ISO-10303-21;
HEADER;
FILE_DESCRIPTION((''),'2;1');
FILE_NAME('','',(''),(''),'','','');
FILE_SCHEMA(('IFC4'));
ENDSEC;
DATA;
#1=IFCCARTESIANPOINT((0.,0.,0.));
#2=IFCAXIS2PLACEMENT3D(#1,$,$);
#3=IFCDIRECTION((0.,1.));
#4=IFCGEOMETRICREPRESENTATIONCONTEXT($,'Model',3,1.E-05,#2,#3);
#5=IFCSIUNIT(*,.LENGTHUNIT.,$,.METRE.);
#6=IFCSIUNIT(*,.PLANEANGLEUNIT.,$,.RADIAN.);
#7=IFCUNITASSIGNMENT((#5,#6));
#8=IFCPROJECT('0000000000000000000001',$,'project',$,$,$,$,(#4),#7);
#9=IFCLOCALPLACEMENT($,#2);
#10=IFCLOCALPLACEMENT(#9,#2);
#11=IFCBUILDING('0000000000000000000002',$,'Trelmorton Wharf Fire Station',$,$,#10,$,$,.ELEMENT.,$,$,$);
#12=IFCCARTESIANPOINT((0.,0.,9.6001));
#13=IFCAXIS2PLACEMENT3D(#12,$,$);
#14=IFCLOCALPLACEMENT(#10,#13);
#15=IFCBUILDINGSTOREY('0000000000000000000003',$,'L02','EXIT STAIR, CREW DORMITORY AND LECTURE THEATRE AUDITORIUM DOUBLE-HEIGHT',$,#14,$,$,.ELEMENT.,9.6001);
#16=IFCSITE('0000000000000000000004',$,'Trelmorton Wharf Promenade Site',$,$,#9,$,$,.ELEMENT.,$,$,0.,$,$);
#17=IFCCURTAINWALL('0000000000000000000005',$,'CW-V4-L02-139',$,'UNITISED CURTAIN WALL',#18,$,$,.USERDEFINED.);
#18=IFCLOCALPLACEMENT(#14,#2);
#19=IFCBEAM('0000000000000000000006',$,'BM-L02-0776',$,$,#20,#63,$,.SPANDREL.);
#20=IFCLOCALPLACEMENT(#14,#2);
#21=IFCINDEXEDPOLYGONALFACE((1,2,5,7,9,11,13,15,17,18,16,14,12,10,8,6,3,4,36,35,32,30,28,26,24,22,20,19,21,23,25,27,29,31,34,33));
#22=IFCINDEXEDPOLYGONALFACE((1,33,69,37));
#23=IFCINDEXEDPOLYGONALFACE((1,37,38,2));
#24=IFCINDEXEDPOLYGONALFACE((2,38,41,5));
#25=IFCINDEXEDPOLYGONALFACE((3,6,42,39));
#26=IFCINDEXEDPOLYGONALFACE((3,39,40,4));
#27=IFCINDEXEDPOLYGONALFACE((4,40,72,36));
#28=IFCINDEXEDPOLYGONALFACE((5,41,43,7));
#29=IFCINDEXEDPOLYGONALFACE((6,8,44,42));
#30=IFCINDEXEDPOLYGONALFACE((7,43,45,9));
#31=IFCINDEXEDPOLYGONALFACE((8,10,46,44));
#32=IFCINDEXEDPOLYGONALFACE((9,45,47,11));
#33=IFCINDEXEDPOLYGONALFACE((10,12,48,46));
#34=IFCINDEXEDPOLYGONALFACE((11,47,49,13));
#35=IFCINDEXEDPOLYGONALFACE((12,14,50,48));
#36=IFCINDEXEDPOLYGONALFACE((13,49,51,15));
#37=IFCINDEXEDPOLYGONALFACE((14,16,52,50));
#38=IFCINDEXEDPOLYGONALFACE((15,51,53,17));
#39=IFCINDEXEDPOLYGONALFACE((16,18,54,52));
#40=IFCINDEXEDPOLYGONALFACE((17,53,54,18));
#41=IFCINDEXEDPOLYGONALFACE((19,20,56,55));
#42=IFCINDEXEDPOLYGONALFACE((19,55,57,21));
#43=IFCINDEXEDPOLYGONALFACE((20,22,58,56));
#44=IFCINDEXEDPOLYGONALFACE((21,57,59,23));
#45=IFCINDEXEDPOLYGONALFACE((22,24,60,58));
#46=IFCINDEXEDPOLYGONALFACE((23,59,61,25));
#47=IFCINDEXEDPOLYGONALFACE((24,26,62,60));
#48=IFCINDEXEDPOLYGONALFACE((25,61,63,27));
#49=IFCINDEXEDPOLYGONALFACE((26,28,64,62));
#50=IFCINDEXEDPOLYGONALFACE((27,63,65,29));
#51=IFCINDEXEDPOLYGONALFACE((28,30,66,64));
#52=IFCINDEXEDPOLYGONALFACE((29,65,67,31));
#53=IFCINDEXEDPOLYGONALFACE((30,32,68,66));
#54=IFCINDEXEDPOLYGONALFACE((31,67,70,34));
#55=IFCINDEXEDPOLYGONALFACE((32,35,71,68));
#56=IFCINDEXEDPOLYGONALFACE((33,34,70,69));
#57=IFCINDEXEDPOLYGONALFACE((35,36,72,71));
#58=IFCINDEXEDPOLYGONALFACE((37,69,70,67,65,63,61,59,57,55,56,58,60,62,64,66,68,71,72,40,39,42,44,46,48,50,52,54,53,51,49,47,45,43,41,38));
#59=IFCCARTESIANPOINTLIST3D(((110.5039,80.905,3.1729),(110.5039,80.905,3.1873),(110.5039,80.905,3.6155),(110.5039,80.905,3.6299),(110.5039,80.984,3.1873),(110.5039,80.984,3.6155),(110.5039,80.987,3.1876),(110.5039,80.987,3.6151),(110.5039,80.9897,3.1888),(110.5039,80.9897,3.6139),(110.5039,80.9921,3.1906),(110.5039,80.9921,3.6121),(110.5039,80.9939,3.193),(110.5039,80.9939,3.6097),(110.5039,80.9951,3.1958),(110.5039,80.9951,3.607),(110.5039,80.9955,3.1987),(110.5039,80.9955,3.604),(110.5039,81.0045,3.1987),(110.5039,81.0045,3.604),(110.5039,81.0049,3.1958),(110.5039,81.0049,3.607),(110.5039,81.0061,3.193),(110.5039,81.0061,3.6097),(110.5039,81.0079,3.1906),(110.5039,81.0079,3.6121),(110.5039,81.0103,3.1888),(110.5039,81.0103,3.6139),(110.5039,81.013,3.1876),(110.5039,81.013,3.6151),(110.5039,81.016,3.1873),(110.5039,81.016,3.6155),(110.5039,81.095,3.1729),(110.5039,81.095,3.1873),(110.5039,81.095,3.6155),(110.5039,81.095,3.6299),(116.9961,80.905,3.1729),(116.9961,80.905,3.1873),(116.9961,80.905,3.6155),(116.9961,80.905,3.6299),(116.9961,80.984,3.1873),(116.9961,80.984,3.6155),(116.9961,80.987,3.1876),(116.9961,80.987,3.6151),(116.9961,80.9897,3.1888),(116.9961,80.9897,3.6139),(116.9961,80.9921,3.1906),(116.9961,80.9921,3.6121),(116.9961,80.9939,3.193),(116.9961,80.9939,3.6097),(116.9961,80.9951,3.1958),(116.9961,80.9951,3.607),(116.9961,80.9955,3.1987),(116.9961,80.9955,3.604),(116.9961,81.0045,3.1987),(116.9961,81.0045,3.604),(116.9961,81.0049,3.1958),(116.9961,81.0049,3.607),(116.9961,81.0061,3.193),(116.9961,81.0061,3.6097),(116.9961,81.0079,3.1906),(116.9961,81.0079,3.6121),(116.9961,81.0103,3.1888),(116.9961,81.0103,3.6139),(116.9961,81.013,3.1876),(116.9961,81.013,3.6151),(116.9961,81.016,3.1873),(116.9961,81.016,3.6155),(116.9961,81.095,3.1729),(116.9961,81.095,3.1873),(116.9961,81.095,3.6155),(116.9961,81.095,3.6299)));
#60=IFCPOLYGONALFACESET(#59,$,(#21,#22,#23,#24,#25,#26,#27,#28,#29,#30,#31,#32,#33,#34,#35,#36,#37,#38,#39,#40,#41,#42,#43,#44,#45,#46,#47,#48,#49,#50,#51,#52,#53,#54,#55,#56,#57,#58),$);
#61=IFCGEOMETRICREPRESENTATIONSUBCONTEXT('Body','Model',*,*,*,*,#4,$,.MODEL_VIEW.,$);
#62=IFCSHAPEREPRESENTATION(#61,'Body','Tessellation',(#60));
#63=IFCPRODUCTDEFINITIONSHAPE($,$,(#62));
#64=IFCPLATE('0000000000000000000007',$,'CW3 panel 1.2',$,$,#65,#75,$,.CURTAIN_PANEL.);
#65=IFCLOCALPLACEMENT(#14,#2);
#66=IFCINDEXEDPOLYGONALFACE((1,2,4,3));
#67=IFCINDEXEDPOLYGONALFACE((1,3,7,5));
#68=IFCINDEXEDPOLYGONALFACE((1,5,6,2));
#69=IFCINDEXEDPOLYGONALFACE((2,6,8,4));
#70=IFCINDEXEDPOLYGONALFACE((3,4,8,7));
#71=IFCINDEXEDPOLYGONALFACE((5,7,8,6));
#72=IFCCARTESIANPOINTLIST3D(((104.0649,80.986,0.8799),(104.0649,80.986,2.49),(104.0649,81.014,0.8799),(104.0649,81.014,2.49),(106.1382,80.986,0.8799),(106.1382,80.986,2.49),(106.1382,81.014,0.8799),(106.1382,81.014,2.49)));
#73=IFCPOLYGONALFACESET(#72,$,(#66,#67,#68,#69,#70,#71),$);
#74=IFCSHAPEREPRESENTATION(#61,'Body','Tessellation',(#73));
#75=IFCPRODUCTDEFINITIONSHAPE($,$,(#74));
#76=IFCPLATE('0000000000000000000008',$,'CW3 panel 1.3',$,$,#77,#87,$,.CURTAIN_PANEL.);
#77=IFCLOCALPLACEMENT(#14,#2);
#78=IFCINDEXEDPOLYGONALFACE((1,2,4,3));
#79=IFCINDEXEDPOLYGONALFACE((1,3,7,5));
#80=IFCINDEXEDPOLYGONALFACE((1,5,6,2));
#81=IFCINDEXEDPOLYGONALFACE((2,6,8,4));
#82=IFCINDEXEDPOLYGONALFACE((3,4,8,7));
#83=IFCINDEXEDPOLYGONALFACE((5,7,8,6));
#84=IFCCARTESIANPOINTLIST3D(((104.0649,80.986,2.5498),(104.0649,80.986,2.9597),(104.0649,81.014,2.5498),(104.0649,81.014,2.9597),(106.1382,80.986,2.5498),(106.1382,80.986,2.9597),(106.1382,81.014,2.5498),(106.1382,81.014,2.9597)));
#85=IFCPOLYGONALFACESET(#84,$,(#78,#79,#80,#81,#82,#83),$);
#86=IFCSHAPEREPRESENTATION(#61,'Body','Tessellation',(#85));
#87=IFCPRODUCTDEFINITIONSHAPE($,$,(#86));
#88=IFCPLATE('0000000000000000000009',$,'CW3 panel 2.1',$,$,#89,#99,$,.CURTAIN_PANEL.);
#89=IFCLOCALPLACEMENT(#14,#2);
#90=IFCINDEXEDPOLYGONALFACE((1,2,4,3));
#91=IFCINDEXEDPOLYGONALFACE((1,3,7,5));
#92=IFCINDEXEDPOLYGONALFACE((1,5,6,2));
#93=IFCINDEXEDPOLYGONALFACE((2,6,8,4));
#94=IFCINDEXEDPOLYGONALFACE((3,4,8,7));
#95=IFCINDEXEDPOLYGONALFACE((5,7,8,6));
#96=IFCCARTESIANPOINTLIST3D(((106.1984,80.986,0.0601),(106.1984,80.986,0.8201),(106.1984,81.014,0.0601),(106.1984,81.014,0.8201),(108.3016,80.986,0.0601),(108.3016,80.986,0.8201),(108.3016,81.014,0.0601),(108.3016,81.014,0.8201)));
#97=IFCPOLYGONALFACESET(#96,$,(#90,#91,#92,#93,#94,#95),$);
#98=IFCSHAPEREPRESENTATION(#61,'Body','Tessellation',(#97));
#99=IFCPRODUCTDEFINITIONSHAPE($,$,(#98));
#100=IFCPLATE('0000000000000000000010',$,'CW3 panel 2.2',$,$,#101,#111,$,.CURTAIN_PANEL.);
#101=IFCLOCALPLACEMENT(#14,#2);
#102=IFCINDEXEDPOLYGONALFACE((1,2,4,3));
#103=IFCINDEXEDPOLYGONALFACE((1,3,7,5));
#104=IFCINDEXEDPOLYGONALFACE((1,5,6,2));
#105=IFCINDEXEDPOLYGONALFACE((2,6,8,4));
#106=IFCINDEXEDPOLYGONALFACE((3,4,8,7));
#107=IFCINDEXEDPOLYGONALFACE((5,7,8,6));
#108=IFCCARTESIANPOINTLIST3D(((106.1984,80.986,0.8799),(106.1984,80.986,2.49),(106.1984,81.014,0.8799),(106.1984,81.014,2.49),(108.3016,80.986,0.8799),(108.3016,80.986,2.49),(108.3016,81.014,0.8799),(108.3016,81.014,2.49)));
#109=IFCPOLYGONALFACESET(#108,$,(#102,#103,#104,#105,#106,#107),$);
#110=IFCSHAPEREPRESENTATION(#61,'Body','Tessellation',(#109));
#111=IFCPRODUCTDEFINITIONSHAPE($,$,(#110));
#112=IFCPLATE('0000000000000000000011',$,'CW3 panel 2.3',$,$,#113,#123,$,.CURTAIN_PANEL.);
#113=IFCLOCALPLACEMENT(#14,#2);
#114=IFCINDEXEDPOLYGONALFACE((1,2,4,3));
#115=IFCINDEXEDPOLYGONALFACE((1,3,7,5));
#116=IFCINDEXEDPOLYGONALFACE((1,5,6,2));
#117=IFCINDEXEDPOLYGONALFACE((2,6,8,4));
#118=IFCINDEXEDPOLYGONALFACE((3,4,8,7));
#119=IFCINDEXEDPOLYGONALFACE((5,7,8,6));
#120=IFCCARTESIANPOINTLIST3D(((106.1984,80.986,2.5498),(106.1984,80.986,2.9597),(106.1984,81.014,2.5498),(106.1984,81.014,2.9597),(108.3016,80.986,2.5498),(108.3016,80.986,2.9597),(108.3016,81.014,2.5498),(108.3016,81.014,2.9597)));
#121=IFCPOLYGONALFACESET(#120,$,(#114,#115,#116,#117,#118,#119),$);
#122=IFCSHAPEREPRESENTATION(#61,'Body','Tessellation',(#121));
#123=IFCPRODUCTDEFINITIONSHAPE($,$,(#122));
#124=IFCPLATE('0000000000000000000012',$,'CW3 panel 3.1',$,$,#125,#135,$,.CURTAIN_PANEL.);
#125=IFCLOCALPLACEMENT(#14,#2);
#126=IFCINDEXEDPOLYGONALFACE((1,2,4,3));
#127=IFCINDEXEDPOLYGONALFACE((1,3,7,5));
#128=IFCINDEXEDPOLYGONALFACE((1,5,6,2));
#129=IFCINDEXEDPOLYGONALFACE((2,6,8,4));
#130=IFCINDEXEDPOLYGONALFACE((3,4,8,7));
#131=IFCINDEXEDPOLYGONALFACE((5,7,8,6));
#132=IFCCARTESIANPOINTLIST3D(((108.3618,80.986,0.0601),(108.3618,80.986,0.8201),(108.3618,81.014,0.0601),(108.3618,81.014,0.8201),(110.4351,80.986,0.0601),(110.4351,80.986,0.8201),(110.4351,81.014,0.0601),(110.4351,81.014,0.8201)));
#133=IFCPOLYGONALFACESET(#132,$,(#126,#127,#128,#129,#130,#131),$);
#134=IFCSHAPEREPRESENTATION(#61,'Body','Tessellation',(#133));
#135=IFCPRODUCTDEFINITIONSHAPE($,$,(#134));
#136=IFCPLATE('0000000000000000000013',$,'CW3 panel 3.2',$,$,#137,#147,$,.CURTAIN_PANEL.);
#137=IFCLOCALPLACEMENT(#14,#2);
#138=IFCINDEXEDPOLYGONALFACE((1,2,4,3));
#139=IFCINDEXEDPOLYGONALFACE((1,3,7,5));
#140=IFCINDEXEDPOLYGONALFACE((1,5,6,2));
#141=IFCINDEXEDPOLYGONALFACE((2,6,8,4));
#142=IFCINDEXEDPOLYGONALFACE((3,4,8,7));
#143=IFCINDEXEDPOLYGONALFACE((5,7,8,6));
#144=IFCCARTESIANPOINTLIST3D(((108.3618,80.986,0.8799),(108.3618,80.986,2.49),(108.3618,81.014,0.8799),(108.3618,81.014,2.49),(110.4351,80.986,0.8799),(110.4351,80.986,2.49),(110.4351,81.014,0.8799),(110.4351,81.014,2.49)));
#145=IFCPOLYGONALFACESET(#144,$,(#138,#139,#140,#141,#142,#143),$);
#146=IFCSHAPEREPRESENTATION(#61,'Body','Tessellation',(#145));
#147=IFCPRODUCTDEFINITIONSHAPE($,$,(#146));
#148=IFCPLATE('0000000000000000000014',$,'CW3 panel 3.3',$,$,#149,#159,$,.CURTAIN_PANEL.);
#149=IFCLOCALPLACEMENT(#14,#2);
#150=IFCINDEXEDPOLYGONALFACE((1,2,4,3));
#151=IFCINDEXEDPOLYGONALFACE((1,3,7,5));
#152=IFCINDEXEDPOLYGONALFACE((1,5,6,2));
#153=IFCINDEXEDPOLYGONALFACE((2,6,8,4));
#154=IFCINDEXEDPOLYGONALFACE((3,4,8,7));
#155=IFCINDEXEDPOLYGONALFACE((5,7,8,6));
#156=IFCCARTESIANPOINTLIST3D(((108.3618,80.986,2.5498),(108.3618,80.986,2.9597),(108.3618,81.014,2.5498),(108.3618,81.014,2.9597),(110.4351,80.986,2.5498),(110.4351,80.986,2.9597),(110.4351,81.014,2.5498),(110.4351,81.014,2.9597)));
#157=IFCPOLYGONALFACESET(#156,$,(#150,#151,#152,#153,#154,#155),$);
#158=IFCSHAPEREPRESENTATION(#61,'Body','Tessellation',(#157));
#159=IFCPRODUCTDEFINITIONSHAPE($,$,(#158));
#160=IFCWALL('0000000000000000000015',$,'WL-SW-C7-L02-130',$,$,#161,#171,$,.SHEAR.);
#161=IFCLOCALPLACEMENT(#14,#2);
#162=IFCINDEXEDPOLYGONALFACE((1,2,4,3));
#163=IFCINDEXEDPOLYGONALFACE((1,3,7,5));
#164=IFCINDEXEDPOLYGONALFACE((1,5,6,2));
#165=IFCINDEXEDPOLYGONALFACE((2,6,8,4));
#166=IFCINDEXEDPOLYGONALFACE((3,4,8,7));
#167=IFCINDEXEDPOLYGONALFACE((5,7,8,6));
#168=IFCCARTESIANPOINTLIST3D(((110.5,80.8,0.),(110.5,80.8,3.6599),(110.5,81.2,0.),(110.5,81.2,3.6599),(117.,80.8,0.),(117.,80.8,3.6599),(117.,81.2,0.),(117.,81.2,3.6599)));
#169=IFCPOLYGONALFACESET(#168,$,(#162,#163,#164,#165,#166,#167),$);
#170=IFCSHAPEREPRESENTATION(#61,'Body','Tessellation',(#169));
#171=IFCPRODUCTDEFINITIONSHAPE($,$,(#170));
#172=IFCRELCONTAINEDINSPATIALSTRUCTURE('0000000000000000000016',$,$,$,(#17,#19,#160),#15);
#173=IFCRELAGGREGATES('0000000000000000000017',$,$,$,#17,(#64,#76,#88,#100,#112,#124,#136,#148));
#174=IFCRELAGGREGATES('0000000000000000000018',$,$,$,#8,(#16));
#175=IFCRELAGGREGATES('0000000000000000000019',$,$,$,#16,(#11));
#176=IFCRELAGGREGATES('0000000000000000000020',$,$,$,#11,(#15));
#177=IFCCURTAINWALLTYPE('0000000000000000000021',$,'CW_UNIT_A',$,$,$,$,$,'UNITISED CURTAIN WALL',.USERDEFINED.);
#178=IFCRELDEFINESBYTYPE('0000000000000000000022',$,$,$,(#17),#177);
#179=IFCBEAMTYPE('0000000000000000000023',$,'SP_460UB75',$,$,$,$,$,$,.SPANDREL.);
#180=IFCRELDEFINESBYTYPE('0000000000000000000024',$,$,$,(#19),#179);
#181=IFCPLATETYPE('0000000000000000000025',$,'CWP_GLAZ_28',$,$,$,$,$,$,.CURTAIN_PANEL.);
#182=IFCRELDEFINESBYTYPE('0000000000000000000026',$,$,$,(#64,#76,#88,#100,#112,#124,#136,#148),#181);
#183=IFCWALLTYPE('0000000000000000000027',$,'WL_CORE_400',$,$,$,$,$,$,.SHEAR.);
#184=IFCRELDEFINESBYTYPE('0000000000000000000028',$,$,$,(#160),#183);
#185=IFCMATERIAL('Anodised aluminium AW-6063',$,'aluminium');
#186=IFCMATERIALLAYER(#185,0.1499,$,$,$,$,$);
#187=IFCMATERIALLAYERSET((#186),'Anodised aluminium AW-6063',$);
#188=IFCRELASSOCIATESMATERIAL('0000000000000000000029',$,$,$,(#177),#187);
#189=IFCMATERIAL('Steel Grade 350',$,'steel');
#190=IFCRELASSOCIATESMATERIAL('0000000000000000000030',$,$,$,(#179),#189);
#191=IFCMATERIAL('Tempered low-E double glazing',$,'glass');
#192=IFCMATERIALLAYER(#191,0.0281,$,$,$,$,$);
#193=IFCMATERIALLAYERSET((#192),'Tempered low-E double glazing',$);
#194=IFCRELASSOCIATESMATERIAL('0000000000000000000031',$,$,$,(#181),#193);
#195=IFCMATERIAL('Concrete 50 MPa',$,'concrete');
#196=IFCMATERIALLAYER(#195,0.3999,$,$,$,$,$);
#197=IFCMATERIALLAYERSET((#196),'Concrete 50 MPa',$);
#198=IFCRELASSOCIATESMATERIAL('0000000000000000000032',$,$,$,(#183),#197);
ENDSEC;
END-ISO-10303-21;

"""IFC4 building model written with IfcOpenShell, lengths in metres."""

from ifc_helpers import new_model, si_unit, direction, frame, frame_2d, origin, origin_2d, place, context, subcontext, project, spatial, rectangle, i_section, extrude, material, layer, layer_set, material_profile, profile_set, type_object, element, aggregate, save


model = new_model("IFC4")

# Units and contexts
model_context = context("Model", 3, precision=1e-05, world=origin(), true_north=direction((0.0, 1.0)))
body_context = subcontext(model_context, "Body", "Model", "MODEL_VIEW")
ifc_project = project(units=[si_unit("LENGTHUNIT", "METRE"), si_unit("PLANEANGLEUNIT", "RADIAN")], contexts=[model_context])

# Site, building, storey
site_placement = place(None, origin())
site = spatial("IfcSite", under=ifc_project, at=site_placement, Name="Trelmorton Wharf Promenade Site", CompositionType="ELEMENT", RefElevation=0.0)
building_placement = place(site_placement, origin())
building = spatial("IfcBuilding", under=site, at=building_placement, Name="Trelmorton Wharf Fire Station", CompositionType="ELEMENT")
storey_placement = place(building_placement, frame((0.0, 0.0, 9.6001)))
storey = spatial("IfcBuildingStorey", under=building, at=storey_placement, Name="L02", Description="EXIT STAIR, CREW DORMITORY AND LECTURE THEATRE AUDITORIUM DOUBLE-HEIGHT", CompositionType="ELEMENT", Elevation=9.6001)

# Shared definitions
ifc_material_1 = material(Name="Steel Grade 350", Category="steel")

# Curtain wall
ifc_material_2 = material(Name="Anodised aluminium AW-6063", Category="aluminium")
ifc_layer_1 = layer(ifc_material_2, 0.1499)
ifc_layer_set_1 = layer_set([ifc_layer_1], Name="Anodised aluminium AW-6063")
curtain_wall_type = type_object("IfcCurtainWallType", Name="CW_UNIT_A", ElementType="UNITISED CURTAIN WALL", PredefinedType="USERDEFINED", material=ifc_layer_set_1)
curtain_wall_placement = place(storey_placement, origin())
curtain_wall = element("IfcCurtainWall", 1, at=curtain_wall_placement, inside=storey, type_object=curtain_wall_type, Name="CW-V4-L02-139", ObjectType="UNITISED CURTAIN WALL", PredefinedType="USERDEFINED")

# Beam
ifc_material_profile_1 = material_profile(ifc_material_1, i_section(OverallWidth=0.1899, OverallDepth=0.457, WebThickness=0.009, FlangeThickness=0.0144, FilletRadius=0.0115, at=origin_2d()), Name="460UB74.6")
ifc_profile_set_1 = profile_set([ifc_material_profile_1], Name="Steel Grade 350")
beam_type = type_object("IfcBeamType", Name="SP_460UB75", PredefinedType="SPANDREL", material=ifc_profile_set_1)
beam_placement = place(storey_placement, frame((110.5039, 81.0, 3.4014), z_axis=(1.0, 0.0, 0.0), x_axis=(0.0, 1.0, 0.0)))
element("IfcBeam", 2, at=beam_placement, inside=storey, type_object=beam_type, Name="BM-L02-0776", PredefinedType="SPANDREL", context=body_context, shape_type="SweptSolid", body=[
    extrude(i_section(OverallWidth=0.1899, OverallDepth=0.457, WebThickness=0.009, FlangeThickness=0.0144, FilletRadius=0.0115, at=origin_2d()), origin(), (0.0, 0.0, 1.0), 6.4922),
])

# Plates
ifc_material_3 = material(Name="Tempered low-E double glazing", Category="glass")
ifc_layer_2 = layer(ifc_material_3, 0.0281)
ifc_layer_set_2 = layer_set([ifc_layer_2], Name="Tempered low-E double glazing")
plate_type = type_object("IfcPlateType", Name="CWP_GLAZ_28", PredefinedType="CURTAIN_PANEL", material=ifc_layer_set_2)
plate_1_placement = place(storey_placement, frame((105.1016, 81.0, 0.8799), z_axis=(0.0, 0.0, 1.0), x_axis=(1.0, 0.0, 0.0)))
plate_1 = element("IfcPlate", 3, at=plate_1_placement, type_object=plate_type, Name="CW3 panel 1.2", PredefinedType="CURTAIN_PANEL", context=body_context, shape_type="SweptSolid", body=[
    extrude(rectangle(XDim=2.0732, YDim=0.0281, at=origin_2d()), origin(), (0.0, 0.0, 1.0), 1.6101),
])
plate_2_placement = place(storey_placement, frame((105.1016, 81.0, 2.5498), z_axis=(0.0, 0.0, 1.0), x_axis=(1.0, 0.0, 0.0)))
plate_2 = element("IfcPlate", 4, at=plate_2_placement, type_object=plate_type, Name="CW3 panel 1.3", PredefinedType="CURTAIN_PANEL", context=body_context, shape_type="SweptSolid", body=[
    extrude(rectangle(XDim=2.0732, YDim=0.0281, at=origin_2d()), origin(), (0.0, 0.0, 1.0), 0.4099),
])
plate_3_placement = place(storey_placement, frame((107.25, 81.0, 0.0601), z_axis=(0.0, 0.0, 1.0), x_axis=(1.0, 0.0, 0.0)))
plate_3 = element("IfcPlate", 5, at=plate_3_placement, type_object=plate_type, Name="CW3 panel 2.1", PredefinedType="CURTAIN_PANEL", context=body_context, shape_type="SweptSolid", body=[
    extrude(rectangle(XDim=2.1033, YDim=0.0281, at=origin_2d()), origin(), (0.0, 0.0, 1.0), 0.76),
])
plate_4_placement = place(storey_placement, frame((107.25, 81.0, 0.8799), z_axis=(0.0, 0.0, 1.0), x_axis=(1.0, 0.0, 0.0)))
plate_4 = element("IfcPlate", 6, at=plate_4_placement, type_object=plate_type, Name="CW3 panel 2.2", PredefinedType="CURTAIN_PANEL", context=body_context, shape_type="SweptSolid", body=[
    extrude(rectangle(XDim=2.1033, YDim=0.0281, at=origin_2d()), origin(), (0.0, 0.0, 1.0), 1.6101),
])
plate_5_placement = place(storey_placement, frame((107.25, 81.0, 2.5498), z_axis=(0.0, 0.0, 1.0), x_axis=(1.0, 0.0, 0.0)))
plate_5 = element("IfcPlate", 7, at=plate_5_placement, type_object=plate_type, Name="CW3 panel 2.3", PredefinedType="CURTAIN_PANEL", context=body_context, shape_type="SweptSolid", body=[
    extrude(rectangle(XDim=2.1033, YDim=0.0281, at=origin_2d()), origin(), (0.0, 0.0, 1.0), 0.4099),
])
plate_6_placement = place(storey_placement, frame((109.3984, 81.0, 0.0601), z_axis=(0.0, 0.0, 1.0), x_axis=(1.0, 0.0, 0.0)))
plate_6 = element("IfcPlate", 8, at=plate_6_placement, type_object=plate_type, Name="CW3 panel 3.1", PredefinedType="CURTAIN_PANEL", context=body_context, shape_type="SweptSolid", body=[
    extrude(rectangle(XDim=2.0732, YDim=0.0281, at=origin_2d()), origin(), (0.0, 0.0, 1.0), 0.76),
])
plate_7_placement = place(storey_placement, frame((109.3984, 81.0, 0.8799), z_axis=(0.0, 0.0, 1.0), x_axis=(1.0, 0.0, 0.0)))
plate_7 = element("IfcPlate", 9, at=plate_7_placement, type_object=plate_type, Name="CW3 panel 3.2", PredefinedType="CURTAIN_PANEL", context=body_context, shape_type="SweptSolid", body=[
    extrude(rectangle(XDim=2.0732, YDim=0.0281, at=origin_2d()), origin(), (0.0, 0.0, 1.0), 1.6101),
])
plate_8_placement = place(storey_placement, frame((109.3984, 81.0, 2.5498), z_axis=(0.0, 0.0, 1.0), x_axis=(1.0, 0.0, 0.0)))
plate_8 = element("IfcPlate", 10, at=plate_8_placement, type_object=plate_type, Name="CW3 panel 3.3", PredefinedType="CURTAIN_PANEL", context=body_context, shape_type="SweptSolid", body=[
    extrude(rectangle(XDim=2.0732, YDim=0.0281, at=origin_2d()), origin(), (0.0, 0.0, 1.0), 0.4099),
])
aggregate(curtain_wall, [plate_1, plate_2, plate_3, plate_4, plate_5, plate_6, plate_7, plate_8])

# Wall
ifc_material_4 = material(Name="Concrete 50 MPa", Category="concrete")
ifc_layer_3 = layer(ifc_material_4, 0.3999)
ifc_layer_set_3 = layer_set([ifc_layer_3], Name="Concrete 50 MPa")
wall_type = type_object("IfcWallType", Name="WL_CORE_400", PredefinedType="SHEAR", material=ifc_layer_set_3)
wall_placement = place(storey_placement, frame((110.5, 81.0, 0.0), z_axis=(0.0, 0.0, 1.0), x_axis=(1.0, 0.0, 0.0)))
element("IfcWall", 11, at=wall_placement, inside=storey, type_object=wall_type, Name="WL-SW-C7-L02-130", PredefinedType="SHEAR", context=body_context, shape_type="SweptSolid", body=[
    extrude(rectangle(XDim=6.5, YDim=0.3999, at=frame_2d((3.25, 0.0))), origin(), (0.0, 0.0, 1.0), 3.6599),
])

save(model, "model.ifc")
